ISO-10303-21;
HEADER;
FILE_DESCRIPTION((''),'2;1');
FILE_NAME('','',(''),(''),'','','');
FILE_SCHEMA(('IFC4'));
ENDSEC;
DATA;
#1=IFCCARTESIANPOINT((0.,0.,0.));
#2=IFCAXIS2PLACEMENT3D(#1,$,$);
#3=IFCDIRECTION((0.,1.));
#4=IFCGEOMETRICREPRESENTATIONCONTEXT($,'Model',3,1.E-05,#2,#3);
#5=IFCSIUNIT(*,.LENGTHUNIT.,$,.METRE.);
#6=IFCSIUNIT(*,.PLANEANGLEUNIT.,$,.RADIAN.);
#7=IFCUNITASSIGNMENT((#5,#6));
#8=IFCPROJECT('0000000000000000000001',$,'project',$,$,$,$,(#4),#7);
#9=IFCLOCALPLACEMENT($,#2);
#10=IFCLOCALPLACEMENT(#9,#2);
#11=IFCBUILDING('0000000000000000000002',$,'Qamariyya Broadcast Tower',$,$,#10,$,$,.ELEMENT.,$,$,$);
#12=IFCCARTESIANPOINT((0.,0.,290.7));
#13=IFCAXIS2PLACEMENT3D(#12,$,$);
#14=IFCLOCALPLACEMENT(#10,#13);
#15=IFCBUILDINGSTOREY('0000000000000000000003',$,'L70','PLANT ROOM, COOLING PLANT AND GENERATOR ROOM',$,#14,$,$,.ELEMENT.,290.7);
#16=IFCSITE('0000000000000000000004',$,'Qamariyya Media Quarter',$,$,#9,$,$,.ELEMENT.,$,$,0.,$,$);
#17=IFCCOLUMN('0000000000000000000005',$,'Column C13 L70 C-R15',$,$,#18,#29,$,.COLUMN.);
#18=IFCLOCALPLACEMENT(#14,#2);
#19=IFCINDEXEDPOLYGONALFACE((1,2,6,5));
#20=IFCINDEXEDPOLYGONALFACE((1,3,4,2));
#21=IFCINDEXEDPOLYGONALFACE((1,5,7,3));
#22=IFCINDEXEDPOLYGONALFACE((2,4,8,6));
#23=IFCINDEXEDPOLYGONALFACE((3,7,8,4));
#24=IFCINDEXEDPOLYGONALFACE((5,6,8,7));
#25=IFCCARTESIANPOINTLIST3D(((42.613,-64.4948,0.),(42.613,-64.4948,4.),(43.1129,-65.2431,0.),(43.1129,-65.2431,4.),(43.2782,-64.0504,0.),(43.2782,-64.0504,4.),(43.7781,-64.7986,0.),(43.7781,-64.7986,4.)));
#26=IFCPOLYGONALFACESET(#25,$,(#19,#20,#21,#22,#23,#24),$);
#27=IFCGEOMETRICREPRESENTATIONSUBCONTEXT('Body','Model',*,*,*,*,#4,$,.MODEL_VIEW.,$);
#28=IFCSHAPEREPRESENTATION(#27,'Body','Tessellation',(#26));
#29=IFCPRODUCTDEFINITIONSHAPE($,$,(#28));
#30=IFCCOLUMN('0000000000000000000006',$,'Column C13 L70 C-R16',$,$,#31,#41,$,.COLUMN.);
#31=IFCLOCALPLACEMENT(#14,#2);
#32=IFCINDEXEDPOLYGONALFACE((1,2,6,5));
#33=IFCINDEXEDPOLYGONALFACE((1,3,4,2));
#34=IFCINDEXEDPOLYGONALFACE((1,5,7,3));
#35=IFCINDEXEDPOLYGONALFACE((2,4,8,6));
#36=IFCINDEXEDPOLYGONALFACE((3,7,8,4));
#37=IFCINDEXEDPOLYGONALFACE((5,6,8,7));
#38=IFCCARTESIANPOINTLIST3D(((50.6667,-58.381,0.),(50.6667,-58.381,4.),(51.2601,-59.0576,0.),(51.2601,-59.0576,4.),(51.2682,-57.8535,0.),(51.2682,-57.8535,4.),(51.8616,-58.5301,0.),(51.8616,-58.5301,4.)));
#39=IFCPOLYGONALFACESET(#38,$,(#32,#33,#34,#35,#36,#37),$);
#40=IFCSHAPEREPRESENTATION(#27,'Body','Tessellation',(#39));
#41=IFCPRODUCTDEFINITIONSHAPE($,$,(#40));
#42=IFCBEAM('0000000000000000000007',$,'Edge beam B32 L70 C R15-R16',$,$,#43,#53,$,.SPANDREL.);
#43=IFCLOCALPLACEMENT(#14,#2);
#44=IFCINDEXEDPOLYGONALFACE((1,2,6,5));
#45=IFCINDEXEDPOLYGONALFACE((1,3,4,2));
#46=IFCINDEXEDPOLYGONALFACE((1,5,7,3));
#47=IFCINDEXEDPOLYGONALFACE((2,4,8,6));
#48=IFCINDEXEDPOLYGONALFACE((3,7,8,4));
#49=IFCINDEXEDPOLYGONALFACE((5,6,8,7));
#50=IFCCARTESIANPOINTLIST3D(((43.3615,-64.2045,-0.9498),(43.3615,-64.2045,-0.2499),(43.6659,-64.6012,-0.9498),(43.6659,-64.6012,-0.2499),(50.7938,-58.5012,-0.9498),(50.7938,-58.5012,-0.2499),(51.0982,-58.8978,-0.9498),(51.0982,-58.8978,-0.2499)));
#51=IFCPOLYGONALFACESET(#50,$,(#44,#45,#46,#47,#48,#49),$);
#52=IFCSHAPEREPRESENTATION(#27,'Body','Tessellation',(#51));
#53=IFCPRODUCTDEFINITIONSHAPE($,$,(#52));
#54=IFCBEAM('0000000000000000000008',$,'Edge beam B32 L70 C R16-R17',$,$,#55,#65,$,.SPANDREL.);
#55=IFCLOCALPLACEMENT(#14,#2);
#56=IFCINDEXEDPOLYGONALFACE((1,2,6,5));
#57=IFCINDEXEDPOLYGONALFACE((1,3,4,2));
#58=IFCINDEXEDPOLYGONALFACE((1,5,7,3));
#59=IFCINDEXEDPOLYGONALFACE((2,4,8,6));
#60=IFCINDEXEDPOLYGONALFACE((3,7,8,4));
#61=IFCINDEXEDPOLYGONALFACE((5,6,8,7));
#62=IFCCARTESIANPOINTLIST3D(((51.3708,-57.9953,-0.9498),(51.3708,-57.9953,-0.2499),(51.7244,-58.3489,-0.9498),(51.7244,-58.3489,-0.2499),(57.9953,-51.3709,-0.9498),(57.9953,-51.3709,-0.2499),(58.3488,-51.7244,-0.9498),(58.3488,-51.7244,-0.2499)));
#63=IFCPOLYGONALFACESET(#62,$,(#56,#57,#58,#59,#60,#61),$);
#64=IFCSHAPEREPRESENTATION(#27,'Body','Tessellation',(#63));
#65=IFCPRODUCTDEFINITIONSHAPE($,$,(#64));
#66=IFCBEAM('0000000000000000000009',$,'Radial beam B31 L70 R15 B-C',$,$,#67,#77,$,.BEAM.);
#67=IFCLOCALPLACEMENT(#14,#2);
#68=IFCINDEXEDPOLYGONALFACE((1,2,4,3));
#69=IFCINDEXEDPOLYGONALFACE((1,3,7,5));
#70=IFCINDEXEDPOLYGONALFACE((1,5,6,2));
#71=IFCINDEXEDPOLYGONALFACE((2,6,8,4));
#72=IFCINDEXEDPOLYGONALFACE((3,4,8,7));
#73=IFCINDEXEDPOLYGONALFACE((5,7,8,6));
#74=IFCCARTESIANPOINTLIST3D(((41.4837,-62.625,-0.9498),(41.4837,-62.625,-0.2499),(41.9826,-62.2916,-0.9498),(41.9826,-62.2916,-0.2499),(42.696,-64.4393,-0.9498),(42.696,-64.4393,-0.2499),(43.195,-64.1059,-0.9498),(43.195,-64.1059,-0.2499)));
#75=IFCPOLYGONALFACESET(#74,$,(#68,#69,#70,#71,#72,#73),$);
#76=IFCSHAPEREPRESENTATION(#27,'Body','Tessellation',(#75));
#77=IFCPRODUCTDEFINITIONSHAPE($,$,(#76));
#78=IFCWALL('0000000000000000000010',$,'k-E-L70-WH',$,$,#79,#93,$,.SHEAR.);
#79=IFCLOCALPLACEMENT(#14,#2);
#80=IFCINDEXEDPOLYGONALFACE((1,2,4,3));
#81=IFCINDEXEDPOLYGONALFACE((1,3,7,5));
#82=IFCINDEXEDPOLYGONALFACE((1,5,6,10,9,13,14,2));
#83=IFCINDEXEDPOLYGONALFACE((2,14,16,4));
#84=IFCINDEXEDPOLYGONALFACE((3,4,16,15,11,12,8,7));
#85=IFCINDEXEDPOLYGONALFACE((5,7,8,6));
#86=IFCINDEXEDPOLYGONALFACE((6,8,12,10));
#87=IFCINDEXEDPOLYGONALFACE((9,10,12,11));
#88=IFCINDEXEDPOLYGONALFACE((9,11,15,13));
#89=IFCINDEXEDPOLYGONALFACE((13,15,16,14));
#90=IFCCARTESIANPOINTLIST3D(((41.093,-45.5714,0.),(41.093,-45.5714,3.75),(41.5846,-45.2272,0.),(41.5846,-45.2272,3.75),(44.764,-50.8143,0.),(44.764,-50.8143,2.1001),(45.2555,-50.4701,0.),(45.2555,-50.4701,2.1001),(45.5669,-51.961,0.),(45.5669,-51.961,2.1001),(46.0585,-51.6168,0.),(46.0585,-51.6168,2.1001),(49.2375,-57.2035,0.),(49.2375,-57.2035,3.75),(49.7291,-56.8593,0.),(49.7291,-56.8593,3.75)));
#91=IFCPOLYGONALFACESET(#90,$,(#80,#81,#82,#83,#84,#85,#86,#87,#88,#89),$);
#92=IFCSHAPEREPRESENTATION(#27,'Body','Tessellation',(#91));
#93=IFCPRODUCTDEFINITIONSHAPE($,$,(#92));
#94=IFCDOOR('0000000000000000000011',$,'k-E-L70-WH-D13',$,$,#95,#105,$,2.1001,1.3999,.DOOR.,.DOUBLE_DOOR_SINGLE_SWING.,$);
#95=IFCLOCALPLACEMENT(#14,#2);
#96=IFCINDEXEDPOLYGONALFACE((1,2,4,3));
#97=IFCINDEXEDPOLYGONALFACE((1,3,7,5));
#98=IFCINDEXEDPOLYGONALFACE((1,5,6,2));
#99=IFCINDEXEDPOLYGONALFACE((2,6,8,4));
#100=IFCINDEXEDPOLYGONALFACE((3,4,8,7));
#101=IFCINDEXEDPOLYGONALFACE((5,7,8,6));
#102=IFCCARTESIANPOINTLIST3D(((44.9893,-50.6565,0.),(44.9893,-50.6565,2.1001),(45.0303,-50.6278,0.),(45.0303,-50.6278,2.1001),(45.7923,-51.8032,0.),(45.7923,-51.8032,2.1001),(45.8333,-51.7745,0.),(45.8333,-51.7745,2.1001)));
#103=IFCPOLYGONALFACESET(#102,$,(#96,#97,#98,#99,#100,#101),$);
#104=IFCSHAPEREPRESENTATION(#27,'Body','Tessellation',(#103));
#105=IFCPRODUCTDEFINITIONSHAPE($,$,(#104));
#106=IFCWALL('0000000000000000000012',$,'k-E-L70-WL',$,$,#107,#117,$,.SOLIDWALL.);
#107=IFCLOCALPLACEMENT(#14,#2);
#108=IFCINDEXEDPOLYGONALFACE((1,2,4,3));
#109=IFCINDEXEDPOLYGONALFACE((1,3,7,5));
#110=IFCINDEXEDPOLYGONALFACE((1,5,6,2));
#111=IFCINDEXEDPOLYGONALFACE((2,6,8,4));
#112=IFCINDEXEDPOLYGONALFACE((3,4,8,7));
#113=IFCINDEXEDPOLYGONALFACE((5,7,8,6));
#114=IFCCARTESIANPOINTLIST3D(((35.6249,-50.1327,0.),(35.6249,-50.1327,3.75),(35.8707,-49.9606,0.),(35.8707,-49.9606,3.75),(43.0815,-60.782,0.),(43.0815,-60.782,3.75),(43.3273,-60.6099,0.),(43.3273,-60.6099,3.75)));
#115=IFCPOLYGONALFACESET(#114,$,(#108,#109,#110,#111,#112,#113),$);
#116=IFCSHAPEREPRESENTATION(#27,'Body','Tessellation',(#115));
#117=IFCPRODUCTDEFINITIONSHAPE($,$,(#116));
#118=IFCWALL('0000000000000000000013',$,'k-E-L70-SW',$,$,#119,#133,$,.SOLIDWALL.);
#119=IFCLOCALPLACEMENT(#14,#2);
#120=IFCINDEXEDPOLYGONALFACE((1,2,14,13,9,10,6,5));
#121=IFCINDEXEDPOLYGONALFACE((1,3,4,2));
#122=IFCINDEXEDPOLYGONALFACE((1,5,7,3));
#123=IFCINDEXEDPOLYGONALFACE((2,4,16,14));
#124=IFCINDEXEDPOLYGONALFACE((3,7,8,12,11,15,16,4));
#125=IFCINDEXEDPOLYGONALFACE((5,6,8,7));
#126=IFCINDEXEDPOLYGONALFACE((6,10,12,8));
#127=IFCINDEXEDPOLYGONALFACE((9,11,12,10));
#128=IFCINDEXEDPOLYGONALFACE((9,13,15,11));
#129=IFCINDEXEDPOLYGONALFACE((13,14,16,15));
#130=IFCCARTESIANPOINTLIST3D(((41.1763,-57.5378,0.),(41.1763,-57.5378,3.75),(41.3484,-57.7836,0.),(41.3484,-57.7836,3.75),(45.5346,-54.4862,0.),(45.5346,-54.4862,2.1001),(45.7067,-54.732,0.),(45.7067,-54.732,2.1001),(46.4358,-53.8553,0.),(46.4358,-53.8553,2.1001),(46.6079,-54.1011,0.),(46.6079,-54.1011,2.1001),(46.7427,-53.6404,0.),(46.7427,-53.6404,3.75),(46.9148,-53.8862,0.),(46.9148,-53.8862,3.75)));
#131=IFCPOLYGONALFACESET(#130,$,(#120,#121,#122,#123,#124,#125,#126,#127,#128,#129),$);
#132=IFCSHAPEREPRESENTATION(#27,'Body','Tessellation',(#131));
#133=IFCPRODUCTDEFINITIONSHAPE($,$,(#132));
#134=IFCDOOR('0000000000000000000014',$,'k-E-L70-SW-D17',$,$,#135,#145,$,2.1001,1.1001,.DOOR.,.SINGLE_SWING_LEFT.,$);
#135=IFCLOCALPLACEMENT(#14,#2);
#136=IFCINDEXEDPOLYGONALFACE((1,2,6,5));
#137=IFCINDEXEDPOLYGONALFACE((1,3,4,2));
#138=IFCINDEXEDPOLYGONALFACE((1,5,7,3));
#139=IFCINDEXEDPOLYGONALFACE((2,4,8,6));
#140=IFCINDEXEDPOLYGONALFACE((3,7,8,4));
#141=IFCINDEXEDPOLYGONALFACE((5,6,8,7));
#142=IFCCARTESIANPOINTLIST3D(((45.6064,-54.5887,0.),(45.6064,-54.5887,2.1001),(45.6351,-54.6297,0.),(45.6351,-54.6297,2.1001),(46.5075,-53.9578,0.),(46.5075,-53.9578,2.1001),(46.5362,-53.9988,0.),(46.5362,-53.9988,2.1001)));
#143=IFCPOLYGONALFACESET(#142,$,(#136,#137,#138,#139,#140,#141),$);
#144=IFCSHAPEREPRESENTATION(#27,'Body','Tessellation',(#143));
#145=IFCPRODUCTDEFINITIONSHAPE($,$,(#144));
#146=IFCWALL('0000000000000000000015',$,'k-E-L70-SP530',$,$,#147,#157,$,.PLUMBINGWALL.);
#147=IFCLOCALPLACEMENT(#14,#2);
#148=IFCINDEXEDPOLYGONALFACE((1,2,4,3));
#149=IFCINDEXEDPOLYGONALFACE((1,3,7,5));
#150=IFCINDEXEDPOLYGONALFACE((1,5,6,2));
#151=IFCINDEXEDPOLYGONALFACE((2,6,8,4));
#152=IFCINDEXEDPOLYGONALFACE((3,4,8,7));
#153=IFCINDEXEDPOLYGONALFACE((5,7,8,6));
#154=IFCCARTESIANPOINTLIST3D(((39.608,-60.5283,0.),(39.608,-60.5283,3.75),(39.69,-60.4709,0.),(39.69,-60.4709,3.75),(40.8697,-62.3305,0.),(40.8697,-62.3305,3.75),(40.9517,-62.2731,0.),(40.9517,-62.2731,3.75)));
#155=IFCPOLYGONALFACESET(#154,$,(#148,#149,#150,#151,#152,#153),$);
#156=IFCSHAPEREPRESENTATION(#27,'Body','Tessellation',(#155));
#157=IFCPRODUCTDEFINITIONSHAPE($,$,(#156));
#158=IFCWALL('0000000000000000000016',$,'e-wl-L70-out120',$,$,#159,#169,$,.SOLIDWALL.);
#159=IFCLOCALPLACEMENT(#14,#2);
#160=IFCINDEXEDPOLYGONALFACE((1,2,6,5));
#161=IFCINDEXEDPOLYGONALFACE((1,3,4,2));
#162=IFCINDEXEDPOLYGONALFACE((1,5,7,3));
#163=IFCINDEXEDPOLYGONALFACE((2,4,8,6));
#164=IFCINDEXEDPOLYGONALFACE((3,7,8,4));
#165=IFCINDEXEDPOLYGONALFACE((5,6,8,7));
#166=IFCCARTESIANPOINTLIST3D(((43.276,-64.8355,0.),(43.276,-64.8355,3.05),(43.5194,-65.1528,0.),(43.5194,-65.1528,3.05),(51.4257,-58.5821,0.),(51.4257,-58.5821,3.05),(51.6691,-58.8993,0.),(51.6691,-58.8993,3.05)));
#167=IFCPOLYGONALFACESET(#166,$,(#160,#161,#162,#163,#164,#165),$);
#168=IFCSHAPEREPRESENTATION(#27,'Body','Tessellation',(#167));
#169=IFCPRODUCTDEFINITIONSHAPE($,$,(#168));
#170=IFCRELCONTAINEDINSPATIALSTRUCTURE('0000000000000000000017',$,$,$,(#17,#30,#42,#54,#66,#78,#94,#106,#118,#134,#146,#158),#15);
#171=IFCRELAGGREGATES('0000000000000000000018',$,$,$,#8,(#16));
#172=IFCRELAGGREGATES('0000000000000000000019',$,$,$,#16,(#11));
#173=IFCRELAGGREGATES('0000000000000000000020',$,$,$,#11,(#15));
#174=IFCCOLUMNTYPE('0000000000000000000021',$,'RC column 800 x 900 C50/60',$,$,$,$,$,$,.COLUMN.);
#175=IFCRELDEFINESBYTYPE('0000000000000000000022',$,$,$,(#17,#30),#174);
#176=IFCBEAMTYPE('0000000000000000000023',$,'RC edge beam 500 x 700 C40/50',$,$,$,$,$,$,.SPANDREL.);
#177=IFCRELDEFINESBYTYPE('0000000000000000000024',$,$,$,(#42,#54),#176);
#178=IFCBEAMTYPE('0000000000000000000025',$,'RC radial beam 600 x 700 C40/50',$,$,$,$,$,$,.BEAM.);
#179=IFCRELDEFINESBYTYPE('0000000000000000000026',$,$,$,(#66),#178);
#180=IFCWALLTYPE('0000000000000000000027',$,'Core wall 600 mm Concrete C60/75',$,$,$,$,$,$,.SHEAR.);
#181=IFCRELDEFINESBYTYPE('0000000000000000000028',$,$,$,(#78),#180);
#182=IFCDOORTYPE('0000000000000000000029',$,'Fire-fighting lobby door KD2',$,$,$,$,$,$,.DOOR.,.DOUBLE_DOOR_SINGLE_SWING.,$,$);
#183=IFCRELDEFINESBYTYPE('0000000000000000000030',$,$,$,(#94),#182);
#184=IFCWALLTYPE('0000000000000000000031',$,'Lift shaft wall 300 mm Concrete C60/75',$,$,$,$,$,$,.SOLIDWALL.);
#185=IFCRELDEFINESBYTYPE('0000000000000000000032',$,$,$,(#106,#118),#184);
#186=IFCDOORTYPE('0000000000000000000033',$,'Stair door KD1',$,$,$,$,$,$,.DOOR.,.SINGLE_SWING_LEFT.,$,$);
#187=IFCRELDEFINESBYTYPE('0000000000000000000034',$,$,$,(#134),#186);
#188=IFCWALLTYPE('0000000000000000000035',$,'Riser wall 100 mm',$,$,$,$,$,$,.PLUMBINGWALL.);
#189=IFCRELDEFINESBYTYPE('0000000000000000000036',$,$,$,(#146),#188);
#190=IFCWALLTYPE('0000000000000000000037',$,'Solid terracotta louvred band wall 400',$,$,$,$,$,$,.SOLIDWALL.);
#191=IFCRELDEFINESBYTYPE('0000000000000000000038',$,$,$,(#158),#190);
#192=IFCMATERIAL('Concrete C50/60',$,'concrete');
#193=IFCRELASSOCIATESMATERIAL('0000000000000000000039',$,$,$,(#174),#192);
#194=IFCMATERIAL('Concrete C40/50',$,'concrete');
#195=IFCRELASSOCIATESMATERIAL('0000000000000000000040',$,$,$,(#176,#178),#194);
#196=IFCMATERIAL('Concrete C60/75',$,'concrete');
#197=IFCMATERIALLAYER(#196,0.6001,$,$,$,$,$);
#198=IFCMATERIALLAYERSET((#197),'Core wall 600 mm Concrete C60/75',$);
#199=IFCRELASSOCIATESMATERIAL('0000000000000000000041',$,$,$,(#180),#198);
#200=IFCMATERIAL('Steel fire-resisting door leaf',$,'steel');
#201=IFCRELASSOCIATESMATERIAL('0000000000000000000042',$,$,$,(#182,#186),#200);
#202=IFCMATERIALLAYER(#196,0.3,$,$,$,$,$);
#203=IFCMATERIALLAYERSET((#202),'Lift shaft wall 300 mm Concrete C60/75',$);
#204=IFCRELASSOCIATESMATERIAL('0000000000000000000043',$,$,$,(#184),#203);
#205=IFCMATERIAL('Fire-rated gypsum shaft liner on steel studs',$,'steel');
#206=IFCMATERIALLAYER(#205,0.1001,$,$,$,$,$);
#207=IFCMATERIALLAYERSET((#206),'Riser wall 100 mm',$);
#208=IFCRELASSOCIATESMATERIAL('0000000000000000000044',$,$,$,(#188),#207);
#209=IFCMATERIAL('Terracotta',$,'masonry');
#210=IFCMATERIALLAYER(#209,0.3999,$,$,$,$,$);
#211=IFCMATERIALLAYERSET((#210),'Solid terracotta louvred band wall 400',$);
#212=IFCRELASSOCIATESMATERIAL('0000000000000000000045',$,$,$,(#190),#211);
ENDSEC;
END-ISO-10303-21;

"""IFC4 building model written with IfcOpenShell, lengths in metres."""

from ifc_helpers import new_model, si_unit, direction, frame, frame_2d, origin, origin_2d, place, context, subcontext, project, spatial, rectangle, extrude, material, layer, layer_set, material_profile, profile_set, type_object, element, fill, save


model = new_model("IFC4")

# Units and contexts
model_context = context("Model", 3, precision=1e-05, world=origin(), true_north=direction((0.0, 1.0)))
body_context = subcontext(model_context, "Body", "Model", "MODEL_VIEW")
ifc_project = project(units=[si_unit("LENGTHUNIT", "METRE"), si_unit("PLANEANGLEUNIT", "RADIAN")], contexts=[model_context])

# Site, building, storey
site_placement = place(None, origin())
site = spatial("IfcSite", under=ifc_project, at=site_placement, Name="Qamariyya Media Quarter", CompositionType="ELEMENT", RefElevation=0.0)
building_placement = place(site_placement, origin())
building = spatial("IfcBuilding", under=site, at=building_placement, Name="Qamariyya Broadcast Tower", CompositionType="ELEMENT")
storey_placement = place(building_placement, frame((0.0, 0.0, 290.7)))
storey = spatial("IfcBuildingStorey", under=building, at=storey_placement, Name="L70", Description="PLANT ROOM, COOLING PLANT AND GENERATOR ROOM", CompositionType="ELEMENT", Elevation=290.7)

# Columns
ifc_material_1 = material(Name="Concrete C50/60", Category="concrete")
ifc_material_profile_1 = material_profile(ifc_material_1, rectangle(XDim=0.8, YDim=0.8999, at=origin_2d()))
ifc_profile_set_1 = profile_set([ifc_material_profile_1], Name="Concrete C50/60")
column_type = type_object("IfcColumnType", Name="RC column 800 x 900 C50/60", PredefinedType="COLUMN", material=ifc_profile_set_1)
for number, where, z_axis, x_axis, name in (
    (1, (43.1956, -64.6467, 0.0), (0.0, 0.0, 1.0), (0.83147, 0.55557, 0.0), "Column C13 L70 C-R15"),
    (2, (51.2642, -58.4556, 0.0), (0.0, 0.0, 1.0), (0.75184, 0.659346, 0.0), "Column C13 L70 C-R16"),
):
    element("IfcColumn", number, at=place(storey_placement, frame(where, z_axis=z_axis, x_axis=x_axis)), inside=storey, type_object=column_type, Name=name, PredefinedType="COLUMN", context=body_context, shape_type="SweptSolid", body=[
        extrude(rectangle(XDim=0.8, YDim=0.8999, at=origin_2d()), origin(), (0.0, 0.0, 1.0), 4.0),
    ])

# Beams
ifc_material_2 = material(Name="Concrete C40/50", Category="concrete")
ifc_material_profile_2 = material_profile(ifc_material_2, rectangle(XDim=0.5, YDim=0.7, at=origin_2d()))
ifc_profile_set_2 = profile_set([ifc_material_profile_2], Name="Concrete C40/50")
beam_type_1 = type_object("IfcBeamType", Name="RC edge beam 500 x 700 C40/50", PredefinedType="SPANDREL", material=ifc_profile_set_2)
for number, where, z_axis, x_axis, name in (
    (3, (43.5137, -64.4028, -0.5999), (0.793337, 0.608782, 0.0), (-0.608782, 0.793337, 0.0), "Edge beam B32 L70 C R15-R16"),
    (4, (51.5476, -58.1721, -0.5999), (0.707107, 0.707107, 0.0), (-0.707107, 0.707107, 0.0), "Edge beam B32 L70 C R16-R17"),
):
    element("IfcBeam", number, at=place(storey_placement, frame(where, z_axis=z_axis, x_axis=x_axis)), inside=storey, type_object=beam_type_1, Name=name, PredefinedType="SPANDREL", context=body_context, shape_type="SweptSolid", body=[
        extrude(rectangle(XDim=0.5, YDim=0.7, at=origin_2d()), origin(), (0.0, 0.0, 1.0), 9.3684),
    ])
ifc_material_profile_3 = material_profile(ifc_material_2, rectangle(XDim=0.6001, YDim=0.7, at=origin_2d()))
ifc_profile_set_3 = profile_set([ifc_material_profile_3], Name="Concrete C40/50")
beam_type_2 = type_object("IfcBeamType", Name="RC radial beam 600 x 700 C40/50", PredefinedType="BEAM", material=ifc_profile_set_3)
beam_placement = place(storey_placement, frame((41.7332, -62.4583, -0.5999), z_axis=(0.555578, -0.831465, 0.0), x_axis=(0.831465, 0.555578, 0.0)))
element("IfcBeam", 5, at=beam_placement, inside=storey, type_object=beam_type_2, Name="Radial beam B31 L70 R15 B-C", PredefinedType="BEAM", context=body_context, shape_type="SweptSolid", body=[
    extrude(rectangle(XDim=0.6001, YDim=0.7, at=origin_2d()), origin(), (0.0, 0.0, 1.0), 2.1821),
])

# Wall, opening, door
ifc_material_3 = material(Name="Concrete C60/75", Category="concrete")
ifc_layer_1 = layer(ifc_material_3, 0.6001)
ifc_layer_set_1 = layer_set([ifc_layer_1], Name="Core wall 600 mm Concrete C60/75")
wall_type_1 = type_object("IfcWallType", Name="Core wall 600 mm Concrete C60/75", PredefinedType="SHEAR", material=ifc_layer_set_1)
wall_1_placement = place(storey_placement, frame((49.4834, -57.0315, 0.0), z_axis=(0.0, 0.0, 1.0), x_axis=(-0.57356, 0.819163, 0.0)))
wall_1 = element("IfcWall", 6, at=wall_1_placement, inside=storey, type_object=wall_type_1, Name="k-E-L70-WH", PredefinedType="SHEAR", context=body_context, shape_type="SweptSolid", body=[
    extrude(rectangle(XDim=14.2, YDim=0.6001, at=frame_2d((7.1001, 0.0))), origin(), (0.0, 0.0, 1.0), 3.75),
])
opening_1_placement = place(wall_1_placement, frame((6.3999, 0.0, 0.0)))
opening_1 = element("IfcOpeningElement", 7, at=opening_1_placement, cuts=wall_1, PredefinedType="OPENING", context=body_context, shape_type="SweptSolid", body=[
    extrude(rectangle(XDim=1.3999, YDim=2.1001, at=frame_2d((0.7, 1.05))), frame((0.0, 0.3101, 0.0), z_axis=(0.0, -1.0, 0.0), x_axis=(1.0, 0.0, 0.0)), (0.0, 0.0, 1.0), 0.6201),
])
ifc_material_4 = material(Name="Steel fire-resisting door leaf", Category="steel")
door_type_1 = type_object("IfcDoorType", Name="Fire-fighting lobby door KD2", OperationType="DOUBLE_DOOR_SINGLE_SWING", PredefinedType="DOOR", material=ifc_material_4)
door_1_placement = place(opening_1_placement, origin())
door_1 = element("IfcDoor", 8, at=door_1_placement, inside=storey, type_object=door_type_1, Name="k-E-L70-WH-D13", OperationType="DOUBLE_DOOR_SINGLE_SWING", OverallHeight=2.1001, OverallWidth=1.3999, PredefinedType="DOOR", context=body_context, shape_type="SweptSolid", body=[
    extrude(rectangle(XDim=1.3999, YDim=2.1001, at=frame_2d((0.7, 1.05))), frame((0.0, 0.0249, 0.0), z_axis=(0.0, -1.0, 0.0), x_axis=(1.0, 0.0, 0.0)), (0.0, 0.0, 1.0), 0.05),
])
fill(opening_1, door_1)

# Wall
ifc_layer_2 = layer(ifc_material_3, 0.3)
ifc_layer_set_2 = layer_set([ifc_layer_2], Name="Lift shaft wall 300 mm Concrete C60/75")
wall_type_2 = type_object("IfcWallType", Name="Lift shaft wall 300 mm Concrete C60/75", PredefinedType="SOLIDWALL", material=ifc_layer_set_2)
wall_2_placement = place(storey_placement, frame((43.2043, -60.6958, 0.0), z_axis=(0.0, 0.0, 1.0), x_axis=(-0.573572, 0.819155, 0.0)))
element("IfcWall", 9, at=wall_2_placement, inside=storey, type_object=wall_type_2, Name="k-E-L70-WL", PredefinedType="SOLIDWALL", context=body_context, shape_type="SweptSolid", body=[
    extrude(rectangle(XDim=13.0002, YDim=0.3, at=frame_2d((6.5, 0.0))), origin(), (0.0, 0.0, 1.0), 3.75),
])

# Wall, opening, door
wall_3_placement = place(storey_placement, frame((41.2625, -57.6606, 0.0), z_axis=(0.0, 0.0, 1.0), x_axis=(0.819164, 0.573559, 0.0)))
wall_3 = element("IfcWall", 10, at=wall_3_placement, inside=storey, type_object=wall_type_2, Name="k-E-L70-SW", PredefinedType="SOLIDWALL", context=body_context, shape_type="SweptSolid", body=[
    extrude(rectangle(XDim=6.7952, YDim=0.3, at=frame_2d((3.3975, 0.0))), origin(), (0.0, 0.0, 1.0), 3.75),
])
opening_2_placement = place(wall_3_placement, frame((5.3203, 0.0, 0.0)))
opening_2 = element("IfcOpeningElement", 11, at=opening_2_placement, cuts=wall_3, PredefinedType="OPENING", context=body_context, shape_type="SweptSolid", body=[
    extrude(rectangle(XDim=1.1001, YDim=2.1001, at=frame_2d((0.55, 1.05))), frame((0.0, 0.1599, 0.0), z_axis=(0.0, -1.0, 0.0), x_axis=(1.0, 0.0, 0.0)), (0.0, 0.0, 1.0), 0.3201),
])
door_type_2 = type_object("IfcDoorType", Name="Stair door KD1", OperationType="SINGLE_SWING_LEFT", PredefinedType="DOOR", material=ifc_material_4)
door_2_placement = place(opening_2_placement, origin())
door_2 = element("IfcDoor", 12, at=door_2_placement, inside=storey, type_object=door_type_2, Name="k-E-L70-SW-D17", OperationType="SINGLE_SWING_LEFT", OverallHeight=2.1001, OverallWidth=1.1001, PredefinedType="DOOR", context=body_context, shape_type="SweptSolid", body=[
    extrude(rectangle(XDim=1.1001, YDim=2.1001, at=frame_2d((0.55, 1.05))), frame((0.0, 0.0249, 0.0), z_axis=(0.0, -1.0, 0.0), x_axis=(1.0, 0.0, 0.0)), (0.0, 0.0, 1.0), 0.05),
])
fill(opening_2, door_2)

# Walls
ifc_material_5 = material(Name="Fire-rated gypsum shaft liner on steel studs", Category="steel")
ifc_layer_3 = layer(ifc_material_5, 0.1001)
ifc_layer_set_3 = layer_set([ifc_layer_3], Name="Riser wall 100 mm")
wall_type_3 = type_object("IfcWallType", Name="Riser wall 100 mm", PredefinedType="PLUMBINGWALL", material=ifc_layer_set_3)
wall_4_placement = place(storey_placement, frame((39.6489, -60.4995, 0.0), z_axis=(0.0, 0.0, 1.0), x_axis=(0.573507, -0.819201, 0.0)))
element("IfcWall", 13, at=wall_4_placement, inside=storey, type_object=wall_type_3, Name="k-E-L70-SP530", PredefinedType="PLUMBINGWALL", context=body_context, shape_type="SweptSolid", body=[
    extrude(rectangle(XDim=2.2, YDim=0.1001, at=frame_2d((1.1001, 0.0))), origin(), (0.0, 0.0, 1.0), 3.75),
])
ifc_material_6 = material(Name="Terracotta", Category="masonry")
ifc_layer_4 = layer(ifc_material_6, 0.3999)
ifc_layer_set_4 = layer_set([ifc_layer_4], Name="Solid terracotta louvred band wall 400")
wall_type_4 = type_object("IfcWallType", Name="Solid terracotta louvred band wall 400", PredefinedType="SOLIDWALL", material=ifc_layer_set_4)
wall_5_placement = place(storey_placement, frame((43.3977, -64.9941, 0.0), z_axis=(0.0, 0.0, 1.0), x_axis=(0.793355, 0.608759, 0.0)))
element("IfcWall", 14, at=wall_5_placement, inside=storey, type_object=wall_type_4, Name="e-wl-L70-out120", PredefinedType="SOLIDWALL", context=body_context, shape_type="SweptSolid", body=[
    extrude(rectangle(XDim=10.2725, YDim=0.3999, at=frame_2d((5.1362, 0.0))), origin(), (0.0, 0.0, 1.0), 3.05),
])

save(model, "model.ifc")
